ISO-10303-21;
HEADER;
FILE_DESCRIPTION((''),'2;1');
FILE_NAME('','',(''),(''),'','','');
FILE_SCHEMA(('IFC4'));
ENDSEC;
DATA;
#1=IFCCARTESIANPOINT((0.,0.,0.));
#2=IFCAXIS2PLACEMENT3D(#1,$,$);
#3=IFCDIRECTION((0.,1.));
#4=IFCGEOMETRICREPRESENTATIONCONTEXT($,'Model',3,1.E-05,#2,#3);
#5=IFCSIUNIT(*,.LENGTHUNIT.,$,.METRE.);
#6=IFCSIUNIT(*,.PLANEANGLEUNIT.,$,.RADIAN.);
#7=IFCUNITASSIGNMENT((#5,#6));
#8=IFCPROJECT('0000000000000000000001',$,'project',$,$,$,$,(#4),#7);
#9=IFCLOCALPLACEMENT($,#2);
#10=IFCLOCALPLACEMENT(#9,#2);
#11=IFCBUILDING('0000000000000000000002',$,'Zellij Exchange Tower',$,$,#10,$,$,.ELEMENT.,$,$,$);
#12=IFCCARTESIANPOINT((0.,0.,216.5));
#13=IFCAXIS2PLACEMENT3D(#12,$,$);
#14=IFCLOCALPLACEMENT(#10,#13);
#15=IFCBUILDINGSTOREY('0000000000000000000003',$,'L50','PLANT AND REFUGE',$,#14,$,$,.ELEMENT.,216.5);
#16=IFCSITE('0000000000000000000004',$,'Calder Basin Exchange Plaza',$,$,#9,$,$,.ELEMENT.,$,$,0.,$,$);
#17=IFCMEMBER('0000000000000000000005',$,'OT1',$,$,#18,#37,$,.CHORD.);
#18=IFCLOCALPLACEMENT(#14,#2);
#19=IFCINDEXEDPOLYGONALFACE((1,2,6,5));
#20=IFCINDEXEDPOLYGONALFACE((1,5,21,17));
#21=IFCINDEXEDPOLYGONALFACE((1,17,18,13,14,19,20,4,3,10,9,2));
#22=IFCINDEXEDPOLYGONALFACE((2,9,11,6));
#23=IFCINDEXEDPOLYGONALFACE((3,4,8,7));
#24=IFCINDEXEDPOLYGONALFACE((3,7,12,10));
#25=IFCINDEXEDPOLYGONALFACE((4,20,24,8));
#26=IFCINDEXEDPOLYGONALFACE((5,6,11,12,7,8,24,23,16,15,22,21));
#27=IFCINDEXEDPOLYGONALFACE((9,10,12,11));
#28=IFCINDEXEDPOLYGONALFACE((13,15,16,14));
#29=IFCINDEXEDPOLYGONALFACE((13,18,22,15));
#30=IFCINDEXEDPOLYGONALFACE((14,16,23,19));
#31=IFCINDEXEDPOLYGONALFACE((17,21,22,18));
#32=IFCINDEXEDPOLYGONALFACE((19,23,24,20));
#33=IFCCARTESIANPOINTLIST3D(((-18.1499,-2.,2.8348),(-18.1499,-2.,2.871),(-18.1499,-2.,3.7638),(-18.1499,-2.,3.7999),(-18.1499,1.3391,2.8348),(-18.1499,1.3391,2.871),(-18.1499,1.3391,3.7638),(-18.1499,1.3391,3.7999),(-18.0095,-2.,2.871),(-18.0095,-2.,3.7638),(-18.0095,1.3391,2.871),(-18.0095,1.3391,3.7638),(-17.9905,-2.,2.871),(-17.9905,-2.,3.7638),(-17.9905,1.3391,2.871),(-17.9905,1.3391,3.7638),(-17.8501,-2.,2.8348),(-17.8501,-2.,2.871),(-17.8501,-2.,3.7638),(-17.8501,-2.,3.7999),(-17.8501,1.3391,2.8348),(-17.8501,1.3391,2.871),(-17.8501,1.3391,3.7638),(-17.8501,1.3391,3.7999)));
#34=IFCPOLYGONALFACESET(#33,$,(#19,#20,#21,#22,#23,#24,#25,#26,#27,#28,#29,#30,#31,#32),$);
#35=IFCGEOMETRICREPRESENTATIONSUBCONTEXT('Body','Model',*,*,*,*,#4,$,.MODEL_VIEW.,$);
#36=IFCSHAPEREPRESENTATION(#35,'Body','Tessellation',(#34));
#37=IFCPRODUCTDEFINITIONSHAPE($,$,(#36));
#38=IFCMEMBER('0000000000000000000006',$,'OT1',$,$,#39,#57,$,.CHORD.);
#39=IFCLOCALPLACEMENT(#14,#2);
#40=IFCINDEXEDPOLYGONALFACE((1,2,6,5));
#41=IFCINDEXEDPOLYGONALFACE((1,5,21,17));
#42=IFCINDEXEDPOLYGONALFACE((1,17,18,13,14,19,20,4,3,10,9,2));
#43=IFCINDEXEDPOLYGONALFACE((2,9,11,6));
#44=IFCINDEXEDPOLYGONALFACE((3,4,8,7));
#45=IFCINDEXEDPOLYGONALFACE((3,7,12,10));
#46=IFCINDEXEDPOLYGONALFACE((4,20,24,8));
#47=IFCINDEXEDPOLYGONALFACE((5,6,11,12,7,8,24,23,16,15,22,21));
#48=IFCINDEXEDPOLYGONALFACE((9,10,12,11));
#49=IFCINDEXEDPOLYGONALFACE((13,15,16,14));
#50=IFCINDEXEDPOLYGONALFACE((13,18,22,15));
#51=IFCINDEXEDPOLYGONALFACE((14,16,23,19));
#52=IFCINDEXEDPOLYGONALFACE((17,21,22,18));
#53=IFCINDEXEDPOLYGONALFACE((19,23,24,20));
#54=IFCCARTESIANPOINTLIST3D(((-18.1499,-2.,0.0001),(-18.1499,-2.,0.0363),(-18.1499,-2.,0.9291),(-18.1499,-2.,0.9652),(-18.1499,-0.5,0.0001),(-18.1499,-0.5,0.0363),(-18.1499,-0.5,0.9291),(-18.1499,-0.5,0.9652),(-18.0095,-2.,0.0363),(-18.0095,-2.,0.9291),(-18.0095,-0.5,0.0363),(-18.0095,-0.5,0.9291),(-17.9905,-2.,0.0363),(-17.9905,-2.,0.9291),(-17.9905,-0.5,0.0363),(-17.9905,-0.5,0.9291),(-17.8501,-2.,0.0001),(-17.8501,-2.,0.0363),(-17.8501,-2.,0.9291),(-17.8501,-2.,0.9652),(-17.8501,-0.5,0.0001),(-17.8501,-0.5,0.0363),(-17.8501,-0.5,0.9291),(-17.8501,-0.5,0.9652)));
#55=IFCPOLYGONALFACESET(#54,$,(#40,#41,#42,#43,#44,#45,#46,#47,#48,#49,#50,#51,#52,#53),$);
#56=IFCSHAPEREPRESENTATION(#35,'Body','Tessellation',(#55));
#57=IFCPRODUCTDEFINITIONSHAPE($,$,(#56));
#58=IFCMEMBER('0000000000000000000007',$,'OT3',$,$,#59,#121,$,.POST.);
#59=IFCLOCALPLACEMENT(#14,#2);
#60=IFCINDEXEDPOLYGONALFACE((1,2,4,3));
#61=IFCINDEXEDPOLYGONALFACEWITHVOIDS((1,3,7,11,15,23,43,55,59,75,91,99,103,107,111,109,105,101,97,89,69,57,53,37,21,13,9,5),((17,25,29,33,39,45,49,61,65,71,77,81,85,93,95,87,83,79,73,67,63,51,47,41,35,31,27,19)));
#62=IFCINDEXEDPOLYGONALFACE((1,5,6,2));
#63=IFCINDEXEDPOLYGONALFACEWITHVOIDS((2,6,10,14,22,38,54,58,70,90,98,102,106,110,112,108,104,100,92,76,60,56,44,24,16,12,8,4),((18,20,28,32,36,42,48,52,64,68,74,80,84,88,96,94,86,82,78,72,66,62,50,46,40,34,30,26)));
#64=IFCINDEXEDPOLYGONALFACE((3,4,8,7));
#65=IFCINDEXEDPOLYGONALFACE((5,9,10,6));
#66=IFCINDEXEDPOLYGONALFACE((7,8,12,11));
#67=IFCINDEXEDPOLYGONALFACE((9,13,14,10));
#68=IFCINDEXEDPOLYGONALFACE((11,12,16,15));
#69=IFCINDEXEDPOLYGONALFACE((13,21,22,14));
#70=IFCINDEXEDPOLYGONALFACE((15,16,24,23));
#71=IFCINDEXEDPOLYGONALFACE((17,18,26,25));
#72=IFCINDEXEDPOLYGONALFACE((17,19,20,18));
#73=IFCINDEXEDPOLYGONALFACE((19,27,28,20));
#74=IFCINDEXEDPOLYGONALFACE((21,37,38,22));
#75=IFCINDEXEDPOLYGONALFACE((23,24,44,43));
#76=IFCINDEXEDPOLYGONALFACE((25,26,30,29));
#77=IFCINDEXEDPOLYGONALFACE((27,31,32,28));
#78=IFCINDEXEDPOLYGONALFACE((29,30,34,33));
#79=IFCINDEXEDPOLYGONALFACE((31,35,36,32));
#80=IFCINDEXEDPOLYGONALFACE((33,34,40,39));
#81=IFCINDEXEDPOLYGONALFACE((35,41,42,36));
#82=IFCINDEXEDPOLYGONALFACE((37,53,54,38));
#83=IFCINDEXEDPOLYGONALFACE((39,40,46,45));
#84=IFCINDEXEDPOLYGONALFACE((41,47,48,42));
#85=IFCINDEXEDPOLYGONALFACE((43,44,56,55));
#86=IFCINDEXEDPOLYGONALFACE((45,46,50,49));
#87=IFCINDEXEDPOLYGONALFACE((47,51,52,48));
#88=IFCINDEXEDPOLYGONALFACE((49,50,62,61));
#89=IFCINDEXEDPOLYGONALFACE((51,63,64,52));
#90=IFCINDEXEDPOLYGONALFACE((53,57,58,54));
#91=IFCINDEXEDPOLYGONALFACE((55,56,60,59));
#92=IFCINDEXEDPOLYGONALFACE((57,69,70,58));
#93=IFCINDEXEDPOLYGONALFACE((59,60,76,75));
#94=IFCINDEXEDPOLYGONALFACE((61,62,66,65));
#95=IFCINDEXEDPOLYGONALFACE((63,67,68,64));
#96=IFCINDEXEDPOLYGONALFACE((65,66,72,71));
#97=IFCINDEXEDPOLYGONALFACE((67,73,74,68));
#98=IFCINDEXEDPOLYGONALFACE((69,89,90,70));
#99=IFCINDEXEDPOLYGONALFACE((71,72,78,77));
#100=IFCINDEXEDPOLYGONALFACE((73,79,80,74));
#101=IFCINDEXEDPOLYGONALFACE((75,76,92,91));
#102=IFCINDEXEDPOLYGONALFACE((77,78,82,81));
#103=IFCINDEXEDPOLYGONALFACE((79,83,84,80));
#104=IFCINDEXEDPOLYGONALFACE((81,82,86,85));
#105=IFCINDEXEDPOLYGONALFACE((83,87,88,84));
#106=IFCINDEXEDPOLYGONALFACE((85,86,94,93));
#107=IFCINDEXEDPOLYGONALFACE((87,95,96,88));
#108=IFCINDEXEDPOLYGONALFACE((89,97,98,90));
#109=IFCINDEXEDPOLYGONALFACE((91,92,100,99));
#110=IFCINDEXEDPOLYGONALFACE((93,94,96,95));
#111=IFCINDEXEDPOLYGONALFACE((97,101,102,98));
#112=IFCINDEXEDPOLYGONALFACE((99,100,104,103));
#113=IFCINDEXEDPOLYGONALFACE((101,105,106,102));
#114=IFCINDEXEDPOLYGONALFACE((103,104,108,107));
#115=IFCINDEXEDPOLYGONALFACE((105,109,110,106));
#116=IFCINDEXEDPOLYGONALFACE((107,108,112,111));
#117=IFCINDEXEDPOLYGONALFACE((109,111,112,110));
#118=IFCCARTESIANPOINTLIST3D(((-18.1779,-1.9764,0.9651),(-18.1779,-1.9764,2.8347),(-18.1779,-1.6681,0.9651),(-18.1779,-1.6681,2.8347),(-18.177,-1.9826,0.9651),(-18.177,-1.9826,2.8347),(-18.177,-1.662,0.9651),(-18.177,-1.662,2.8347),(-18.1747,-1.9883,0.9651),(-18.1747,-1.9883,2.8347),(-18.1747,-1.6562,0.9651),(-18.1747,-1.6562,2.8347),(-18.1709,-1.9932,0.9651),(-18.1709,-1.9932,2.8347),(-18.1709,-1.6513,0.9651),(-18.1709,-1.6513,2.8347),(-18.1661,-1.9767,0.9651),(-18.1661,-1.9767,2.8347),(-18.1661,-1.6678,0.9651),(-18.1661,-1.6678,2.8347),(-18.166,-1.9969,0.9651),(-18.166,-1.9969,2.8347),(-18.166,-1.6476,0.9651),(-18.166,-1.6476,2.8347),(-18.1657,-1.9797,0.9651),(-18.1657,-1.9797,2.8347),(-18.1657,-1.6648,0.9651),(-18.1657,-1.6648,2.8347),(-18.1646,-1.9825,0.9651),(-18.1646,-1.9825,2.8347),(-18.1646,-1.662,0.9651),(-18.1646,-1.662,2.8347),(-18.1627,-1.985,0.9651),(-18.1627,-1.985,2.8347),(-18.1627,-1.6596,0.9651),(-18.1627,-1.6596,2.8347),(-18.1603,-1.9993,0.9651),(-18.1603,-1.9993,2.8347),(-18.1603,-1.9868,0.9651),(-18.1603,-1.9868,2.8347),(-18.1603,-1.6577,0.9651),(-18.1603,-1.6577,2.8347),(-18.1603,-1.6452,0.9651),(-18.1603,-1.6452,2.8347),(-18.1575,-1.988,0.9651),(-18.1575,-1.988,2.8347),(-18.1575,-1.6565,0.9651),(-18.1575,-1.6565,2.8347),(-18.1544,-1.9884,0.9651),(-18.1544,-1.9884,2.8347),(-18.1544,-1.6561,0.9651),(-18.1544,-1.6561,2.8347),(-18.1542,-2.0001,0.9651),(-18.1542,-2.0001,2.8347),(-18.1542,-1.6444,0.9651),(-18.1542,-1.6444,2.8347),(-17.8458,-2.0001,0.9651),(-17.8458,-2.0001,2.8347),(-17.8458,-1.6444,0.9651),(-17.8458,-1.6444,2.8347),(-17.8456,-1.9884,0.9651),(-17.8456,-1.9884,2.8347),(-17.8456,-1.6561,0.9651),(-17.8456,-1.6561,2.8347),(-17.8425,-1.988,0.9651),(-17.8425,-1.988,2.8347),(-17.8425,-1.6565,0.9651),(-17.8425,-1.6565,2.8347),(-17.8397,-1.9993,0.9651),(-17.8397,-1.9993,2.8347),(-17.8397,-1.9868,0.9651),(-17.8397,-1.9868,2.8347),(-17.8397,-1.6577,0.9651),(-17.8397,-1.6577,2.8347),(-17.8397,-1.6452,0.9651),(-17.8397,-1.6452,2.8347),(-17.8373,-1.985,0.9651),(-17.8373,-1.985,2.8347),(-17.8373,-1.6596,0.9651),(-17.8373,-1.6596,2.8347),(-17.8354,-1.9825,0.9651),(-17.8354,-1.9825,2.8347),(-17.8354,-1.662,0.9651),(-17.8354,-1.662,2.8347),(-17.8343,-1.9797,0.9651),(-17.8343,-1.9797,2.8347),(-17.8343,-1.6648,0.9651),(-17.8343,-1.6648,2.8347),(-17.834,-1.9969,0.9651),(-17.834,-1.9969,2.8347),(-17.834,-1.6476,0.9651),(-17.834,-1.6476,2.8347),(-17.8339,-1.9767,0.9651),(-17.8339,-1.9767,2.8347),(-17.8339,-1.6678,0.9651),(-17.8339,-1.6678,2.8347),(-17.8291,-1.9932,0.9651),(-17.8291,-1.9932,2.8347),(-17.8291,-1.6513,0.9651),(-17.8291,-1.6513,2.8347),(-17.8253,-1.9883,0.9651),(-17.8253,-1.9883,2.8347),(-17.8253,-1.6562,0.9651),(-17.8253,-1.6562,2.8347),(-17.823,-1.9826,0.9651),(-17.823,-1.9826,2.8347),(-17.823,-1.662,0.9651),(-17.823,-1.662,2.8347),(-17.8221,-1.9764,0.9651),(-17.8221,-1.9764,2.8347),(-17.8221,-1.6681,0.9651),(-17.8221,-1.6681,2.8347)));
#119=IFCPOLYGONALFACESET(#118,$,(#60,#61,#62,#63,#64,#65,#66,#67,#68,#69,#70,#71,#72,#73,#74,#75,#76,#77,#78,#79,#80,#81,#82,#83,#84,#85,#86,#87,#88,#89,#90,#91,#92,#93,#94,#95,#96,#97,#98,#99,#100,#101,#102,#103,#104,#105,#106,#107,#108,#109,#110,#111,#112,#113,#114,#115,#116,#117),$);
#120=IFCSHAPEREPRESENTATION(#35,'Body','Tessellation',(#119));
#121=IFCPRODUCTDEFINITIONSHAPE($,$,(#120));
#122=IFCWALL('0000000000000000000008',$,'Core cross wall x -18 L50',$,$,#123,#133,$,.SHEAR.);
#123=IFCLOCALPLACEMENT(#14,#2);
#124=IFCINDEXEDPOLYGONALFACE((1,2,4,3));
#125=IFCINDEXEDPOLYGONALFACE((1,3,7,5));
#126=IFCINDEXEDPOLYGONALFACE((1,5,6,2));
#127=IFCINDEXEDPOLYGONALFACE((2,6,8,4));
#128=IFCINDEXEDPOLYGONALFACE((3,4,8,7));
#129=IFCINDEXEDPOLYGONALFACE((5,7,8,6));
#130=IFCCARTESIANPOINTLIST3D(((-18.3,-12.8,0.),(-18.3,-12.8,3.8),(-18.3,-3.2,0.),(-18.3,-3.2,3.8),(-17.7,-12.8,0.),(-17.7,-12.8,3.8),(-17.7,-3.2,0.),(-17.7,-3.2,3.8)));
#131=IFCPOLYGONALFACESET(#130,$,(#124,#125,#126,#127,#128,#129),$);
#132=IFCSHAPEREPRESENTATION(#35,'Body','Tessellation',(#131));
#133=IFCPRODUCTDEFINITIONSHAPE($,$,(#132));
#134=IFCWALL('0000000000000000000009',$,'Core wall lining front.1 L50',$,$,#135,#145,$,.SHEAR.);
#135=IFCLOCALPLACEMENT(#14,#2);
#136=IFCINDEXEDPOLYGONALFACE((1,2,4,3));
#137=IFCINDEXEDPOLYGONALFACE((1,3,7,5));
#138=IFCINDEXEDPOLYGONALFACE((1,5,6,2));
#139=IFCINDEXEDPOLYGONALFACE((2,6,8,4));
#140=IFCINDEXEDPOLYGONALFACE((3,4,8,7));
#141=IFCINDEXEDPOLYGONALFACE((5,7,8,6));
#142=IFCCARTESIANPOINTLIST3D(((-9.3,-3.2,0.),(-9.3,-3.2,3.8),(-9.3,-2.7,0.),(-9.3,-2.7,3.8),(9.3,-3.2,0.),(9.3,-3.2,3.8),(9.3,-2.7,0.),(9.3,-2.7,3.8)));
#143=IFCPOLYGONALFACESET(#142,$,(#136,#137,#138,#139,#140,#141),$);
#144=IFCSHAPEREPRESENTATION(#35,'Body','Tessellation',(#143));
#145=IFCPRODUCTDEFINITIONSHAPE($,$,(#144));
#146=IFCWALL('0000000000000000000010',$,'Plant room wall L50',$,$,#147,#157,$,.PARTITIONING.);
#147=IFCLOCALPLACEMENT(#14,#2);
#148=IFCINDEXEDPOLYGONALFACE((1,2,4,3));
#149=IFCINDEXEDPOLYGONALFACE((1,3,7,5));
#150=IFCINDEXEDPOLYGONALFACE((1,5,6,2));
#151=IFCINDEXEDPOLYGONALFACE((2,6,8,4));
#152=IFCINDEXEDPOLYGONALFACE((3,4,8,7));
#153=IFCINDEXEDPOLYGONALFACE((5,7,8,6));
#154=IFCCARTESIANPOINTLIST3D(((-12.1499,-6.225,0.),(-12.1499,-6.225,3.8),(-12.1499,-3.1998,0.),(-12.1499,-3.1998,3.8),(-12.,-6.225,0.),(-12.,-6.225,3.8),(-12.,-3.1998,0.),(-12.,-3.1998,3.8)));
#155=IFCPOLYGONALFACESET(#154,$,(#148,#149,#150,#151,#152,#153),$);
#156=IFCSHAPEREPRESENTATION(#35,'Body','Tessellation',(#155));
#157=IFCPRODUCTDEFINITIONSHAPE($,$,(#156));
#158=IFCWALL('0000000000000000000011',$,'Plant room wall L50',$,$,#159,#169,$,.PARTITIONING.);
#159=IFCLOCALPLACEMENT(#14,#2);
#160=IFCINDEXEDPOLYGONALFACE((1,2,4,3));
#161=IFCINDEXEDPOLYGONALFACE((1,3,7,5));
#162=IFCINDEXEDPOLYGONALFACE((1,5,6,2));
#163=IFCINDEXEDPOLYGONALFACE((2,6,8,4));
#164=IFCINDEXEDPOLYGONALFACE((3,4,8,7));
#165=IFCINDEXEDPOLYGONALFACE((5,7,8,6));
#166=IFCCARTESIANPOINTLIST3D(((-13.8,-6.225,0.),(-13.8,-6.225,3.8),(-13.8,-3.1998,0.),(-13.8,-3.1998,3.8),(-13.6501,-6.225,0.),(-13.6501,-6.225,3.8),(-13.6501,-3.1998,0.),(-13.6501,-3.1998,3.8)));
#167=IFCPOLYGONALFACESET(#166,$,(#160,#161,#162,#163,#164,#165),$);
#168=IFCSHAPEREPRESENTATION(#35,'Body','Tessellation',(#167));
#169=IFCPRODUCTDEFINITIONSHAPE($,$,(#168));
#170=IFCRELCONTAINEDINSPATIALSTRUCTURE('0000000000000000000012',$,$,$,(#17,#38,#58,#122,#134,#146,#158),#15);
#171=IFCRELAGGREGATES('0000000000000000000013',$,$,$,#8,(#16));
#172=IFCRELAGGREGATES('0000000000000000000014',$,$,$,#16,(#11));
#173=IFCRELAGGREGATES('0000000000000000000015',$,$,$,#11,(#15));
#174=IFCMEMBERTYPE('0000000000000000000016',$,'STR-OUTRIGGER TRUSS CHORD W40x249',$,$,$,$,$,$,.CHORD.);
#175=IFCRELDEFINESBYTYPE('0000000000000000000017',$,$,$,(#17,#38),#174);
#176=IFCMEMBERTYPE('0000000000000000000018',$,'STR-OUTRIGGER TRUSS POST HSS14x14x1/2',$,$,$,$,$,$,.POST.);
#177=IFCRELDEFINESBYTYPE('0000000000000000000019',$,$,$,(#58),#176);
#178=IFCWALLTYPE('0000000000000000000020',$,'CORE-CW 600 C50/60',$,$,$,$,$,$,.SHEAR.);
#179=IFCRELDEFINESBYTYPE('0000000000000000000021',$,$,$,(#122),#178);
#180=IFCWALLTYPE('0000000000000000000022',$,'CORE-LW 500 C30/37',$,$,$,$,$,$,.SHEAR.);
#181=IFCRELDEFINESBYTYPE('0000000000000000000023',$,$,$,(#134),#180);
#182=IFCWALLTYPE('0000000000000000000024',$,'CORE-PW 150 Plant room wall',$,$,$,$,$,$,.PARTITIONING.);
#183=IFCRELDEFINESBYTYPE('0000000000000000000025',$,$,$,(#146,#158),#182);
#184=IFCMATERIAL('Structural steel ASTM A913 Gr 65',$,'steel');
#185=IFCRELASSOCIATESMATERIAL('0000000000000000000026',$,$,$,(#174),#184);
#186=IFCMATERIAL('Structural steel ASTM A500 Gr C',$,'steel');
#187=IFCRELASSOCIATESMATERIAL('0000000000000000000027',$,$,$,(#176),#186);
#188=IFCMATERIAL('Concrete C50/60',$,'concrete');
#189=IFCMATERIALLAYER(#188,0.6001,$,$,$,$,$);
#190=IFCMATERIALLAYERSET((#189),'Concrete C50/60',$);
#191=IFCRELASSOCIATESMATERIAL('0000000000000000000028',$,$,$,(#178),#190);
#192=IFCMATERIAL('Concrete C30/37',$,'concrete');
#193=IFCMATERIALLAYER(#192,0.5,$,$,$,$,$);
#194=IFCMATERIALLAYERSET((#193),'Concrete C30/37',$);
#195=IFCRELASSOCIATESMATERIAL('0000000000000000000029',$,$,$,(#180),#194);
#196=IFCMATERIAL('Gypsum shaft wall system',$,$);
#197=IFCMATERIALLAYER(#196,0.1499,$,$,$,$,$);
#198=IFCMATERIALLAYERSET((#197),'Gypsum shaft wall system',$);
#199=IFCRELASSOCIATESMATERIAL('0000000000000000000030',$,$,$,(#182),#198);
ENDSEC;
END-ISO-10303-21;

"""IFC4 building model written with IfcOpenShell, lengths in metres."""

from ifc_helpers import new_model, si_unit, direction, frame, frame_2d, origin, origin_2d, place, context, subcontext, project, spatial, rectangle, hollow_rectangle, i_section, extrude, material, layer, layer_set, material_profile, profile_set, type_object, element, save


model = new_model("IFC4")

# Units and contexts
model_context = context("Model", 3, precision=1e-05, world=origin(), true_north=direction((0.0, 1.0)))
body_context = subcontext(model_context, "Body", "Model", "MODEL_VIEW")
ifc_project = project(units=[si_unit("LENGTHUNIT", "METRE"), si_unit("PLANEANGLEUNIT", "RADIAN")], contexts=[model_context])

# Site, building, storey
site_placement = place(None, origin())
site = spatial("IfcSite", under=ifc_project, at=site_placement, Name="Calder Basin Exchange Plaza", CompositionType="ELEMENT", RefElevation=0.0)
building_placement = place(site_placement, origin())
building = spatial("IfcBuilding", under=site, at=building_placement, Name="Zellij Exchange Tower", CompositionType="ELEMENT")
storey_placement = place(building_placement, frame((0.0, 0.0, 216.5)))
storey = spatial("IfcBuildingStorey", under=building, at=storey_placement, Name="L50", Description="PLANT AND REFUGE", CompositionType="ELEMENT", Elevation=216.5)

# Members
ifc_material_1 = material(Name="Structural steel ASTM A913 Gr 65", Category="steel")
ifc_material_profile_1 = material_profile(ifc_material_1, i_section(OverallWidth=0.2998, OverallDepth=0.9651, WebThickness=0.019, FlangeThickness=0.0361, at=origin_2d()), Name="W40x249")
ifc_profile_set_1 = profile_set([ifc_material_profile_1], Name="Structural steel ASTM A913 Gr 65")
member_type_1 = type_object("IfcMemberType", Name="STR-OUTRIGGER TRUSS CHORD W40x249", PredefinedType="CHORD", material=ifc_profile_set_1)
member_1_placement = place(storey_placement, frame((-18.0, -2.0, 3.3174), z_axis=(0.0, 1.0, 0.0), x_axis=(-1.0, 0.0, 0.0)))
element("IfcMember", 1, at=member_1_placement, inside=storey, type_object=member_type_1, Name="OT1", PredefinedType="CHORD", context=body_context, shape_type="SweptSolid", body=[
    extrude(i_section(OverallWidth=0.2998, OverallDepth=0.9651, WebThickness=0.019, FlangeThickness=0.0361, at=origin_2d()), origin(), (0.0, 0.0, 1.0), 3.3391),
])
member_2_placement = place(storey_placement, frame((-18.0, -2.0, 0.4827), z_axis=(0.0, 1.0, 0.0), x_axis=(-1.0, 0.0, 0.0)))
element("IfcMember", 2, at=member_2_placement, inside=storey, type_object=member_type_1, Name="OT1", PredefinedType="CHORD", context=body_context, shape_type="SweptSolid", body=[
    extrude(i_section(OverallWidth=0.2998, OverallDepth=0.9651, WebThickness=0.019, FlangeThickness=0.0361, at=origin_2d()), origin(), (0.0, 0.0, 1.0), 1.5),
])
ifc_material_2 = material(Name="Structural steel ASTM A500 Gr C", Category="steel")
ifc_material_profile_2 = material_profile(ifc_material_2, hollow_rectangle(XDim=0.3557, YDim=0.3557, WallThickness=0.0117, InnerFilletRadius=0.0117, OuterFilletRadius=0.0237, at=origin_2d()), Name="STR-OUTRIGGER TRUSS POST HSS14x14x1/2")
ifc_profile_set_2 = profile_set([ifc_material_profile_2], Name="Structural steel ASTM A500 Gr C")
member_type_2 = type_object("IfcMemberType", Name="STR-OUTRIGGER TRUSS POST HSS14x14x1/2", PredefinedType="POST", material=ifc_profile_set_2)
member_3_placement = place(storey_placement, frame((-18.0, -1.8223, 0.9651), z_axis=(0.0, 0.0, 1.0), x_axis=(1.0, 0.0, 0.0)))
element("IfcMember", 3, at=member_3_placement, inside=storey, type_object=member_type_2, Name="OT3", PredefinedType="POST", context=body_context, shape_type="SweptSolid", body=[
    extrude(hollow_rectangle(XDim=0.3557, YDim=0.3557, WallThickness=0.0117, InnerFilletRadius=0.0117, OuterFilletRadius=0.0237, at=origin_2d()), origin(), (0.0, 0.0, 1.0), 1.8696),
])

# Walls
ifc_material_3 = material(Name="Concrete C50/60", Category="concrete")
ifc_layer_1 = layer(ifc_material_3, 0.6001)
ifc_layer_set_1 = layer_set([ifc_layer_1], Name="Concrete C50/60")
wall_type_1 = type_object("IfcWallType", Name="CORE-CW 600 C50/60", PredefinedType="SHEAR", material=ifc_layer_set_1)
wall_1_placement = place(storey_placement, frame((-18.0, -12.8, 0.0), z_axis=(0.0, 0.0, 1.0), x_axis=(0.0, 1.0, 0.0)))
element("IfcWall", 4, at=wall_1_placement, inside=storey, type_object=wall_type_1, Name="Core cross wall x -18 L50", PredefinedType="SHEAR", context=body_context, shape_type="SweptSolid", body=[
    extrude(rectangle(XDim=9.6001, YDim=0.6001, at=frame_2d((4.8, 0.0))), origin(), (0.0, 0.0, 1.0), 3.8),
])
ifc_material_4 = material(Name="Concrete C30/37", Category="concrete")
ifc_layer_2 = layer(ifc_material_4, 0.5)
ifc_layer_set_2 = layer_set([ifc_layer_2], Name="Concrete C30/37")
wall_type_2 = type_object("IfcWallType", Name="CORE-LW 500 C30/37", PredefinedType="SHEAR", material=ifc_layer_set_2)
wall_2_placement = place(storey_placement, frame((-9.3, -2.95, 0.0), z_axis=(0.0, 0.0, 1.0), x_axis=(1.0, 0.0, 0.0)))
element("IfcWall", 5, at=wall_2_placement, inside=storey, type_object=wall_type_2, Name="Core wall lining front.1 L50", PredefinedType="SHEAR", context=body_context, shape_type="SweptSolid", body=[
    extrude(rectangle(XDim=18.6001, YDim=0.5, at=frame_2d((9.3, 0.0))), origin(), (0.0, 0.0, 1.0), 3.8),
])
ifc_material_5 = material(Name="Gypsum shaft wall system")
ifc_layer_3 = layer(ifc_material_5, 0.1499)
ifc_layer_set_3 = layer_set([ifc_layer_3], Name="Gypsum shaft wall system")
wall_type_3 = type_object("IfcWallType", Name="CORE-PW 150 Plant room wall", PredefinedType="PARTITIONING", material=ifc_layer_set_3)
for number, where, z_axis, x_axis, name in (
    (6, (-12.075, -6.2251, 0.0), (0.0, 0.0, 1.0), (0.0, 1.0, 0.0), "Plant room wall L50"),
    (7, (-13.7251, -6.2251, 0.0), (0.0, 0.0, 1.0), (0.0, 1.0, 0.0), "Plant room wall L50"),
):
    element("IfcWall", number, at=place(storey_placement, frame(where, z_axis=z_axis, x_axis=x_axis)), inside=storey, type_object=wall_type_3, Name=name, PredefinedType="PARTITIONING", context=body_context, shape_type="SweptSolid", body=[
        extrude(rectangle(XDim=3.0251, YDim=0.1499, at=frame_2d((1.5127, 0.0))), origin(), (0.0, 0.0, 1.0), 3.8),
    ])

save(model, "model.ifc")
